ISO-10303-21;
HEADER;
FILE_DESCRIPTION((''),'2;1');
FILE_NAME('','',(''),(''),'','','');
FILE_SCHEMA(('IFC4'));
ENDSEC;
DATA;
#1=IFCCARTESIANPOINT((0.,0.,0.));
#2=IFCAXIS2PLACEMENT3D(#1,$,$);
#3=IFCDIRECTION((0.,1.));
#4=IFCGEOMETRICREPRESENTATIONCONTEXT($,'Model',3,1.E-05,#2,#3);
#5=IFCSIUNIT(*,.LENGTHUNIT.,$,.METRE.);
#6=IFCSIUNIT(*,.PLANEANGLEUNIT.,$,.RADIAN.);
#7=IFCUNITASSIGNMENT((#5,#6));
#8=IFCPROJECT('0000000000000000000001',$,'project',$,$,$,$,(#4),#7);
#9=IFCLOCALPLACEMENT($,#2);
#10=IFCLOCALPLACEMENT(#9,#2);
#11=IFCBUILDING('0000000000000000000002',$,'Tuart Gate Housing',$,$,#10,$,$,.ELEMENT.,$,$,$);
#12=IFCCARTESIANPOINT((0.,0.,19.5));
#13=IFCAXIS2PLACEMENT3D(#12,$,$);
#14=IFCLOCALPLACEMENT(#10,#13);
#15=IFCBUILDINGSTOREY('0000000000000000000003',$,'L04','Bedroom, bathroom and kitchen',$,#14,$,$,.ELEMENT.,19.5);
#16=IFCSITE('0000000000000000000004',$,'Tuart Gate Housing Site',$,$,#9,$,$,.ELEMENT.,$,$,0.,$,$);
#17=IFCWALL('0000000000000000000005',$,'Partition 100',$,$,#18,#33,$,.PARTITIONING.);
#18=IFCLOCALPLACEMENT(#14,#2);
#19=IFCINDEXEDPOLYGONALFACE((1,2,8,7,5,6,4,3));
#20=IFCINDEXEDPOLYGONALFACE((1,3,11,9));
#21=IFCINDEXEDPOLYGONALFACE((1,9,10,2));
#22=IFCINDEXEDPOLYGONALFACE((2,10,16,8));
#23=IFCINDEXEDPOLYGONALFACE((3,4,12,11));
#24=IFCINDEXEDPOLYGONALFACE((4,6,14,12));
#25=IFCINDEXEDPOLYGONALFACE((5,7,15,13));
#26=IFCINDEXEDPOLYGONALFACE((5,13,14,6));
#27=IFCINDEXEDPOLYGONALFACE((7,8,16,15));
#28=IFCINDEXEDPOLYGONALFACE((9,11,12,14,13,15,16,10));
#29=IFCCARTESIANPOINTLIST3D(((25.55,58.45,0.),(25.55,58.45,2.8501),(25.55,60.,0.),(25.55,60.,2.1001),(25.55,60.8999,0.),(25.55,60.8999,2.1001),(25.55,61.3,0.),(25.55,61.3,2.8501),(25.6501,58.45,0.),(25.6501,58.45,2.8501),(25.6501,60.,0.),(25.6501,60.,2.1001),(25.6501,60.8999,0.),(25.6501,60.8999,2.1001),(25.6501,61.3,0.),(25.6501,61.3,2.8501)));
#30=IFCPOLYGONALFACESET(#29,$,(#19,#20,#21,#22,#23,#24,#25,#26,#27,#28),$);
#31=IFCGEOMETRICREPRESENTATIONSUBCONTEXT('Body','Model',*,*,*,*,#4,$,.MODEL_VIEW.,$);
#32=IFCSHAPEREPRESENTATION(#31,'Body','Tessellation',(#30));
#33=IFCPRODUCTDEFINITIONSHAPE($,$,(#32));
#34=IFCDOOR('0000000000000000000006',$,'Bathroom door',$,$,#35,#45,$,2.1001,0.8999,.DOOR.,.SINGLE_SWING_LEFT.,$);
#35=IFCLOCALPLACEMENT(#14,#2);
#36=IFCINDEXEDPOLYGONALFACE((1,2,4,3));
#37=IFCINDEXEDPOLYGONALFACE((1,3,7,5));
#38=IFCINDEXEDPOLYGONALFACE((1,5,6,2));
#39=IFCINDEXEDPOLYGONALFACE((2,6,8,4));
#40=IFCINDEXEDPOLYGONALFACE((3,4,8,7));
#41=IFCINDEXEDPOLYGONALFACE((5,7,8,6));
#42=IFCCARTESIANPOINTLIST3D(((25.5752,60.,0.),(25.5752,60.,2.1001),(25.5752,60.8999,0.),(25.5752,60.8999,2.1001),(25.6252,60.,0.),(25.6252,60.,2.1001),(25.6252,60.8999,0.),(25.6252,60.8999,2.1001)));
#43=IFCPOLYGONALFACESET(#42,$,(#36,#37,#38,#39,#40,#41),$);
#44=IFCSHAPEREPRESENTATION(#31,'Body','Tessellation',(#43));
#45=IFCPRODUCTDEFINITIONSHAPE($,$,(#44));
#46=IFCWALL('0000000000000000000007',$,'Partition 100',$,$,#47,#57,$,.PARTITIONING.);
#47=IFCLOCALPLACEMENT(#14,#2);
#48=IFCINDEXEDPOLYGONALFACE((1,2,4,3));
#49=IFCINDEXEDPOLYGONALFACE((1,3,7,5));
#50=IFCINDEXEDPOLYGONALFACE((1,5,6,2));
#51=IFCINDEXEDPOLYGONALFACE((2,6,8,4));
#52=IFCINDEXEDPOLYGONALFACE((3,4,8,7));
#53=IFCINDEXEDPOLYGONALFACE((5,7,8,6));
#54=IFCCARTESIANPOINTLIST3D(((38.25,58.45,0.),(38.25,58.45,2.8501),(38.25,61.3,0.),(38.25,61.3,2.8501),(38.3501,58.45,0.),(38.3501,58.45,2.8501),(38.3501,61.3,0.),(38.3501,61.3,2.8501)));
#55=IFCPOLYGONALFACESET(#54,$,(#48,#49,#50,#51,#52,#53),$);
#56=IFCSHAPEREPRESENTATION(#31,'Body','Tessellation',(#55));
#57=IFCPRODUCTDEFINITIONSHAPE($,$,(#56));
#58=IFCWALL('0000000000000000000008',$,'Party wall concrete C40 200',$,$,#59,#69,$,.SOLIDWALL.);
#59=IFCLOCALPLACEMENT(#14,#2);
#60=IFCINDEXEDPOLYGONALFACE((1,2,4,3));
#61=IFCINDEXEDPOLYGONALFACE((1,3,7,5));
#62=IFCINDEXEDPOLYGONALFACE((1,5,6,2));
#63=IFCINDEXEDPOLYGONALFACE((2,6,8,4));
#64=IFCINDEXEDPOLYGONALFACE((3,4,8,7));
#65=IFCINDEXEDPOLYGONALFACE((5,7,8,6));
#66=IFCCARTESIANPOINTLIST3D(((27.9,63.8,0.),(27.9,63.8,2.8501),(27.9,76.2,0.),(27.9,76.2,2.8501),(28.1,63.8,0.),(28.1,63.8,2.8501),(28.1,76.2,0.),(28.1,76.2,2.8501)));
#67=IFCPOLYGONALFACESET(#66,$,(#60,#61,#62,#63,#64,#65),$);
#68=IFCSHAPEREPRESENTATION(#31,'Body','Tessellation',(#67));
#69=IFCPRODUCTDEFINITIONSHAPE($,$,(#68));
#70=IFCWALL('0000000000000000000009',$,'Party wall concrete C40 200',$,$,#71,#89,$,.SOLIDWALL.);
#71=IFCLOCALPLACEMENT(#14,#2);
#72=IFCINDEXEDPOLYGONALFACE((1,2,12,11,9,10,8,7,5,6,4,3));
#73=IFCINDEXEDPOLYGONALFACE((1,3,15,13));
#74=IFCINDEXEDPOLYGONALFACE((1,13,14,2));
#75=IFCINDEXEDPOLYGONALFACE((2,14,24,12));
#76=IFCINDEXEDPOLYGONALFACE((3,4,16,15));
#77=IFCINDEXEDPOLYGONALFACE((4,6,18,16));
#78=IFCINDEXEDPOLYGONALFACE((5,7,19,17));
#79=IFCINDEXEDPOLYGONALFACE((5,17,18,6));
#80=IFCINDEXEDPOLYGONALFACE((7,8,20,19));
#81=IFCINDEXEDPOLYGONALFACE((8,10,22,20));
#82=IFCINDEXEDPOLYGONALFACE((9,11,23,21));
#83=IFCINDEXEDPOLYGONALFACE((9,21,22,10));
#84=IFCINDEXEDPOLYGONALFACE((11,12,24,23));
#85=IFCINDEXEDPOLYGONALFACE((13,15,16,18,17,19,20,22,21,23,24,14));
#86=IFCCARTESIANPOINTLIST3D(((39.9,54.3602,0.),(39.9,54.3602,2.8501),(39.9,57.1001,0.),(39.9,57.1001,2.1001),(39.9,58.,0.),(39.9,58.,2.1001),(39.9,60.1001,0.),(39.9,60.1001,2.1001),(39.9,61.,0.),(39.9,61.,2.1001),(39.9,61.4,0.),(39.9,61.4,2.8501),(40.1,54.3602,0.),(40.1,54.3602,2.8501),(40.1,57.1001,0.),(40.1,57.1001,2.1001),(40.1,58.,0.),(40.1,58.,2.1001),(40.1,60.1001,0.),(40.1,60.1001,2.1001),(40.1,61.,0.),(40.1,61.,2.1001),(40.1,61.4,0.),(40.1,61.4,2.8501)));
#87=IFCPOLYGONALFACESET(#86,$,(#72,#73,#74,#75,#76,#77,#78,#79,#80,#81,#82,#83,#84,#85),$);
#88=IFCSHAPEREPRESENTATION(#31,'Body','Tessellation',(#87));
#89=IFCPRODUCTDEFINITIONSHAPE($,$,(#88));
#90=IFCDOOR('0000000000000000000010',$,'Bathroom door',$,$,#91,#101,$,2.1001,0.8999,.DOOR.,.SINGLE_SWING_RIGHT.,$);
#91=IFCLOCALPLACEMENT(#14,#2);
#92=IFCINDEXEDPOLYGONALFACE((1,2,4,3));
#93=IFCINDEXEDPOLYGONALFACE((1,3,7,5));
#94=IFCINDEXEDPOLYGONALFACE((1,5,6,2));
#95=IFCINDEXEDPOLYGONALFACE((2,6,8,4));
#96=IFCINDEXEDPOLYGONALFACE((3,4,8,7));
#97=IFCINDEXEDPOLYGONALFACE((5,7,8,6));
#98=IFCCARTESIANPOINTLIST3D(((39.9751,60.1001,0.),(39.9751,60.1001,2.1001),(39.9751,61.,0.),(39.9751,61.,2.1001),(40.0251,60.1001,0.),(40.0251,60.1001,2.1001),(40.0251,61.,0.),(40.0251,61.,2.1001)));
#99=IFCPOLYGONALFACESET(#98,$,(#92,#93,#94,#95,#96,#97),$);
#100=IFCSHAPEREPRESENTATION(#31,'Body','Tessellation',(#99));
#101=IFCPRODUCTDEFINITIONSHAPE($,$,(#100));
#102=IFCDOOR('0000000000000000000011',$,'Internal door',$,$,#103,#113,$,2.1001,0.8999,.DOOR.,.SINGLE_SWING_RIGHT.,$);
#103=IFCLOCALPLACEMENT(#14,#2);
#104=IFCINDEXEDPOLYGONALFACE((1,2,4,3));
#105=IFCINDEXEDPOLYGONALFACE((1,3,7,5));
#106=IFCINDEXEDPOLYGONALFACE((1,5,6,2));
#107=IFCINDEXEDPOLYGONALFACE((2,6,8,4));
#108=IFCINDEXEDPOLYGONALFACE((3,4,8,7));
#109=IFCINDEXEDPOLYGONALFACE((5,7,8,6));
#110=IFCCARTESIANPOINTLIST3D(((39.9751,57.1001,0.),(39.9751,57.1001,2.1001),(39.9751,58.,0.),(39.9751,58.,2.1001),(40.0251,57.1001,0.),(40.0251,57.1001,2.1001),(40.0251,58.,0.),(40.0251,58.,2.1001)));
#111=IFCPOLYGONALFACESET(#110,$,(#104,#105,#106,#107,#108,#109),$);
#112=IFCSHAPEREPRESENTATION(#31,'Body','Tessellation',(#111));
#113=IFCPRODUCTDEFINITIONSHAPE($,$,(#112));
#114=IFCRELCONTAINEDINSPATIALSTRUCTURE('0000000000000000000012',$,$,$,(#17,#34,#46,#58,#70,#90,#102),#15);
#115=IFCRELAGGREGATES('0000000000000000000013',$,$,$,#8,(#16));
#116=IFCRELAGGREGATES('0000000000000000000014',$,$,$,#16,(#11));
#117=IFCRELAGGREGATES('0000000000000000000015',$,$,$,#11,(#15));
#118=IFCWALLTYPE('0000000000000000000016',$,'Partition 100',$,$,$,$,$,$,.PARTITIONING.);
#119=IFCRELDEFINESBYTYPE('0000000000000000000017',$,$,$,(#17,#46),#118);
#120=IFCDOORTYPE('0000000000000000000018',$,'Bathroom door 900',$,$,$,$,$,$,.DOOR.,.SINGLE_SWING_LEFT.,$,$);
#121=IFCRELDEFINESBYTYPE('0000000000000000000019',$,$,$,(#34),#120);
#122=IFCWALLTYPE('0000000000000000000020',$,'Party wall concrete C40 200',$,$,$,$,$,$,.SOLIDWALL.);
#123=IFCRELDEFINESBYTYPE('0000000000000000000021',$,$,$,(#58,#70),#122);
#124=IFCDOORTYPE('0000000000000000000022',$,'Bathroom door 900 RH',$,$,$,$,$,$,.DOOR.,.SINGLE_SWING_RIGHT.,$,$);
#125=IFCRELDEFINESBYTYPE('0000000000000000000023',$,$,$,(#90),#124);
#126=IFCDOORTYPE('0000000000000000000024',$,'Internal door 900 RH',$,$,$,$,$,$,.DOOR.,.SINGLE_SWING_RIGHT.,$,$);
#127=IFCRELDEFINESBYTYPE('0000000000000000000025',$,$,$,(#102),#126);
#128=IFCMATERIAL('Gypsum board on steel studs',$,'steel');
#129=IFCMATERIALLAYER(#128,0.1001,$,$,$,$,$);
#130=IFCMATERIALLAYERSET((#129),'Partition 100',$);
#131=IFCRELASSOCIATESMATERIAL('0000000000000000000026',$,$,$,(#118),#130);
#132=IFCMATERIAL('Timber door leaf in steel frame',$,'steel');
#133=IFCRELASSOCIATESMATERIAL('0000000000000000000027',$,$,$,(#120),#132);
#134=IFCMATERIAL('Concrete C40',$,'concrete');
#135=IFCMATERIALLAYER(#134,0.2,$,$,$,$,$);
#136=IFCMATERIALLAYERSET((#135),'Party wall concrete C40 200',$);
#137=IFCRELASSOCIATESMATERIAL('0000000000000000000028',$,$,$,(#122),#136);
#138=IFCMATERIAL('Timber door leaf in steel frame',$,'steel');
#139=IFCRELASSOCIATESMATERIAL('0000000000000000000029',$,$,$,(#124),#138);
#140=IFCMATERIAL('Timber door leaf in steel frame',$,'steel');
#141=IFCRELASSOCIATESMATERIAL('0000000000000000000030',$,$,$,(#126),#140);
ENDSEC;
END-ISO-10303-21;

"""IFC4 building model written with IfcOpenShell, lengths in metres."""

from ifc_helpers import new_model, si_unit, direction, frame, frame_2d, origin, place, context, subcontext, project, spatial, rectangle, extrude, material, layer, layer_set, type_object, element, fill, save


model = new_model("IFC4")

# Units and contexts
model_context = context("Model", 3, precision=1e-05, world=origin(), true_north=direction((0.0, 1.0)))
body_context = subcontext(model_context, "Body", "Model", "MODEL_VIEW")
ifc_project = project(units=[si_unit("LENGTHUNIT", "METRE"), si_unit("PLANEANGLEUNIT", "RADIAN")], contexts=[model_context])

# Site, building, storey
site_placement = place(None, origin())
site = spatial("IfcSite", under=ifc_project, at=site_placement, Name="Tuart Gate Housing Site", CompositionType="ELEMENT", RefElevation=0.0)
building_placement = place(site_placement, origin())
building = spatial("IfcBuilding", under=site, at=building_placement, Name="Tuart Gate Housing", CompositionType="ELEMENT")
storey_placement = place(building_placement, frame((0.0, 0.0, 19.5)))
storey = spatial("IfcBuildingStorey", under=building, at=storey_placement, Name="L04", Description="Bedroom, bathroom and kitchen", CompositionType="ELEMENT", Elevation=19.5)

# Shared definitions
ifc_material_1 = material(Name="Gypsum board on steel studs", Category="steel")
ifc_layer_1 = layer(ifc_material_1, 0.1001)
ifc_layer_set_1 = layer_set([ifc_layer_1], Name="Partition 100")
wall_type_1 = type_object("IfcWallType", Name="Partition 100", PredefinedType="PARTITIONING", material=ifc_layer_set_1)

# Wall, opening, door
wall_1_placement = place(storey_placement, frame((25.6001, 58.45, 0.0), z_axis=(0.0, 0.0, 1.0), x_axis=(0.0, 1.0, 0.0)))
wall_1 = element("IfcWall", 1, at=wall_1_placement, inside=storey, type_object=wall_type_1, Name="Partition 100", PredefinedType="PARTITIONING", context=body_context, shape_type="SweptSolid", body=[
    extrude(rectangle(XDim=2.8501, YDim=0.1001, at=frame_2d((1.425, 0.0))), origin(), (0.0, 0.0, 1.0), 2.8501),
])
opening_1_placement = place(wall_1_placement, frame((1.55, 0.0, 0.0)))
opening_1 = element("IfcOpeningElement", 2, at=opening_1_placement, cuts=wall_1, PredefinedType="OPENING", context=body_context, shape_type="SweptSolid", body=[
    extrude(rectangle(XDim=0.8999, YDim=2.1001, at=frame_2d((0.45, 1.05))), frame((0.0, 0.0601, 0.0), z_axis=(0.0, -1.0, 0.0), x_axis=(1.0, 0.0, 0.0)), (0.0, 0.0, 1.0), 0.1201),
])
ifc_material_2 = material(Name="Timber door leaf in steel frame", Category="steel")
door_type_1 = type_object("IfcDoorType", Name="Bathroom door 900", OperationType="SINGLE_SWING_LEFT", PredefinedType="DOOR", material=ifc_material_2)
door_1_placement = place(opening_1_placement, frame((0.8999, 0.0, 0.0), z_axis=(0.0, 0.0, 1.0), x_axis=(-1.0, 0.0, 0.0)))
door_1 = element("IfcDoor", 3, at=door_1_placement, inside=storey, type_object=door_type_1, Name="Bathroom door", OperationType="SINGLE_SWING_LEFT", OverallHeight=2.1001, OverallWidth=0.8999, PredefinedType="DOOR", context=body_context, shape_type="SweptSolid", body=[
    extrude(rectangle(XDim=0.8999, YDim=2.1001, at=frame_2d((0.45, 1.05))), frame((0.0, 0.0251, 0.0), z_axis=(0.0, -1.0, 0.0), x_axis=(1.0, 0.0, 0.0)), (0.0, 0.0, 1.0), 0.05),
])
fill(opening_1, door_1)

# Walls
wall_2_placement = place(storey_placement, frame((38.3, 58.45, 0.0), z_axis=(0.0, 0.0, 1.0), x_axis=(0.0, 1.0, 0.0)))
element("IfcWall", 4, at=wall_2_placement, inside=storey, type_object=wall_type_1, Name="Partition 100", PredefinedType="PARTITIONING", context=body_context, shape_type="SweptSolid", body=[
    extrude(rectangle(XDim=2.8501, YDim=0.1001, at=frame_2d((1.425, 0.0))), origin(), (0.0, 0.0, 1.0), 2.8501),
])
ifc_material_3 = material(Name="Concrete C40", Category="concrete")
ifc_layer_2 = layer(ifc_material_3, 0.2)
ifc_layer_set_2 = layer_set([ifc_layer_2], Name="Party wall concrete C40 200")
wall_type_2 = type_object("IfcWallType", Name="Party wall concrete C40 200", PredefinedType="SOLIDWALL", material=ifc_layer_set_2)
wall_3_placement = place(storey_placement, frame((28.0, 63.8, 0.0), z_axis=(0.0, 0.0, 1.0), x_axis=(0.0, 1.0, 0.0)))
element("IfcWall", 5, at=wall_3_placement, inside=storey, type_object=wall_type_2, Name="Party wall concrete C40 200", PredefinedType="SOLIDWALL", context=body_context, shape_type="SweptSolid", body=[
    extrude(rectangle(XDim=12.3999, YDim=0.2, at=frame_2d((6.2, 0.0))), origin(), (0.0, 0.0, 1.0), 2.8501),
])

# Wall, openings, doors
wall_4_placement = place(storey_placement, frame((40.0, 54.3601, 0.0), z_axis=(0.0, 0.0, 1.0), x_axis=(0.0, 1.0, 0.0)))
wall_4 = element("IfcWall", 6, at=wall_4_placement, inside=storey, type_object=wall_type_2, Name="Party wall concrete C40 200", PredefinedType="SOLIDWALL", context=body_context, shape_type="SweptSolid", body=[
    extrude(rectangle(XDim=7.0398, YDim=0.2, at=frame_2d((3.52, 0.0))), origin(), (0.0, 0.0, 1.0), 2.8501),
])
opening_2_placement = place(wall_4_placement, frame((2.74, 0.0, 0.0)))
opening_2 = element("IfcOpeningElement", 7, at=opening_2_placement, cuts=wall_4, PredefinedType="OPENING", context=body_context, shape_type="SweptSolid", body=[
    extrude(rectangle(XDim=0.8999, YDim=2.1001, at=frame_2d((0.45, 1.05))), frame((0.0, 0.1099, 0.0), z_axis=(0.0, -1.0, 0.0), x_axis=(1.0, 0.0, 0.0)), (0.0, 0.0, 1.0), 0.22),
])
opening_3_placement = place(wall_4_placement, frame((5.74, 0.0, 0.0)))
opening_3 = element("IfcOpeningElement", 8, at=opening_3_placement, cuts=wall_4, PredefinedType="OPENING", context=body_context, shape_type="SweptSolid", body=[
    extrude(rectangle(XDim=0.8999, YDim=2.1001, at=frame_2d((0.45, 1.05))), frame((0.0, 0.1099, 0.0), z_axis=(0.0, -1.0, 0.0), x_axis=(1.0, 0.0, 0.0)), (0.0, 0.0, 1.0), 0.22),
])
ifc_material_4 = material(Name="Timber door leaf in steel frame", Category="steel")
door_type_2 = type_object("IfcDoorType", Name="Bathroom door 900 RH", OperationType="SINGLE_SWING_RIGHT", PredefinedType="DOOR", material=ifc_material_4)
door_2_placement = place(opening_3_placement, origin())
door_2 = element("IfcDoor", 9, at=door_2_placement, inside=storey, type_object=door_type_2, Name="Bathroom door", OperationType="SINGLE_SWING_RIGHT", OverallHeight=2.1001, OverallWidth=0.8999, PredefinedType="DOOR", context=body_context, shape_type="SweptSolid", body=[
    extrude(rectangle(XDim=0.8999, YDim=2.1001, at=frame_2d((0.45, 1.05))), frame((0.0, 0.0249, 0.0), z_axis=(0.0, -1.0, 0.0), x_axis=(1.0, 0.0, 0.0)), (0.0, 0.0, 1.0), 0.05),
])
fill(opening_3, door_2)
ifc_material_5 = material(Name="Timber door leaf in steel frame", Category="steel")
door_type_3 = type_object("IfcDoorType", Name="Internal door 900 RH", OperationType="SINGLE_SWING_RIGHT", PredefinedType="DOOR", material=ifc_material_5)
door_3_placement = place(opening_2_placement, origin())
door_3 = element("IfcDoor", 10, at=door_3_placement, inside=storey, type_object=door_type_3, Name="Internal door", OperationType="SINGLE_SWING_RIGHT", OverallHeight=2.1001, OverallWidth=0.8999, PredefinedType="DOOR", context=body_context, shape_type="SweptSolid", body=[
    extrude(rectangle(XDim=0.8999, YDim=2.1001, at=frame_2d((0.45, 1.05))), frame((0.0, 0.0249, 0.0), z_axis=(0.0, -1.0, 0.0), x_axis=(1.0, 0.0, 0.0)), (0.0, 0.0, 1.0), 0.05),
])
fill(opening_2, door_3)

save(model, "model.ifc")
